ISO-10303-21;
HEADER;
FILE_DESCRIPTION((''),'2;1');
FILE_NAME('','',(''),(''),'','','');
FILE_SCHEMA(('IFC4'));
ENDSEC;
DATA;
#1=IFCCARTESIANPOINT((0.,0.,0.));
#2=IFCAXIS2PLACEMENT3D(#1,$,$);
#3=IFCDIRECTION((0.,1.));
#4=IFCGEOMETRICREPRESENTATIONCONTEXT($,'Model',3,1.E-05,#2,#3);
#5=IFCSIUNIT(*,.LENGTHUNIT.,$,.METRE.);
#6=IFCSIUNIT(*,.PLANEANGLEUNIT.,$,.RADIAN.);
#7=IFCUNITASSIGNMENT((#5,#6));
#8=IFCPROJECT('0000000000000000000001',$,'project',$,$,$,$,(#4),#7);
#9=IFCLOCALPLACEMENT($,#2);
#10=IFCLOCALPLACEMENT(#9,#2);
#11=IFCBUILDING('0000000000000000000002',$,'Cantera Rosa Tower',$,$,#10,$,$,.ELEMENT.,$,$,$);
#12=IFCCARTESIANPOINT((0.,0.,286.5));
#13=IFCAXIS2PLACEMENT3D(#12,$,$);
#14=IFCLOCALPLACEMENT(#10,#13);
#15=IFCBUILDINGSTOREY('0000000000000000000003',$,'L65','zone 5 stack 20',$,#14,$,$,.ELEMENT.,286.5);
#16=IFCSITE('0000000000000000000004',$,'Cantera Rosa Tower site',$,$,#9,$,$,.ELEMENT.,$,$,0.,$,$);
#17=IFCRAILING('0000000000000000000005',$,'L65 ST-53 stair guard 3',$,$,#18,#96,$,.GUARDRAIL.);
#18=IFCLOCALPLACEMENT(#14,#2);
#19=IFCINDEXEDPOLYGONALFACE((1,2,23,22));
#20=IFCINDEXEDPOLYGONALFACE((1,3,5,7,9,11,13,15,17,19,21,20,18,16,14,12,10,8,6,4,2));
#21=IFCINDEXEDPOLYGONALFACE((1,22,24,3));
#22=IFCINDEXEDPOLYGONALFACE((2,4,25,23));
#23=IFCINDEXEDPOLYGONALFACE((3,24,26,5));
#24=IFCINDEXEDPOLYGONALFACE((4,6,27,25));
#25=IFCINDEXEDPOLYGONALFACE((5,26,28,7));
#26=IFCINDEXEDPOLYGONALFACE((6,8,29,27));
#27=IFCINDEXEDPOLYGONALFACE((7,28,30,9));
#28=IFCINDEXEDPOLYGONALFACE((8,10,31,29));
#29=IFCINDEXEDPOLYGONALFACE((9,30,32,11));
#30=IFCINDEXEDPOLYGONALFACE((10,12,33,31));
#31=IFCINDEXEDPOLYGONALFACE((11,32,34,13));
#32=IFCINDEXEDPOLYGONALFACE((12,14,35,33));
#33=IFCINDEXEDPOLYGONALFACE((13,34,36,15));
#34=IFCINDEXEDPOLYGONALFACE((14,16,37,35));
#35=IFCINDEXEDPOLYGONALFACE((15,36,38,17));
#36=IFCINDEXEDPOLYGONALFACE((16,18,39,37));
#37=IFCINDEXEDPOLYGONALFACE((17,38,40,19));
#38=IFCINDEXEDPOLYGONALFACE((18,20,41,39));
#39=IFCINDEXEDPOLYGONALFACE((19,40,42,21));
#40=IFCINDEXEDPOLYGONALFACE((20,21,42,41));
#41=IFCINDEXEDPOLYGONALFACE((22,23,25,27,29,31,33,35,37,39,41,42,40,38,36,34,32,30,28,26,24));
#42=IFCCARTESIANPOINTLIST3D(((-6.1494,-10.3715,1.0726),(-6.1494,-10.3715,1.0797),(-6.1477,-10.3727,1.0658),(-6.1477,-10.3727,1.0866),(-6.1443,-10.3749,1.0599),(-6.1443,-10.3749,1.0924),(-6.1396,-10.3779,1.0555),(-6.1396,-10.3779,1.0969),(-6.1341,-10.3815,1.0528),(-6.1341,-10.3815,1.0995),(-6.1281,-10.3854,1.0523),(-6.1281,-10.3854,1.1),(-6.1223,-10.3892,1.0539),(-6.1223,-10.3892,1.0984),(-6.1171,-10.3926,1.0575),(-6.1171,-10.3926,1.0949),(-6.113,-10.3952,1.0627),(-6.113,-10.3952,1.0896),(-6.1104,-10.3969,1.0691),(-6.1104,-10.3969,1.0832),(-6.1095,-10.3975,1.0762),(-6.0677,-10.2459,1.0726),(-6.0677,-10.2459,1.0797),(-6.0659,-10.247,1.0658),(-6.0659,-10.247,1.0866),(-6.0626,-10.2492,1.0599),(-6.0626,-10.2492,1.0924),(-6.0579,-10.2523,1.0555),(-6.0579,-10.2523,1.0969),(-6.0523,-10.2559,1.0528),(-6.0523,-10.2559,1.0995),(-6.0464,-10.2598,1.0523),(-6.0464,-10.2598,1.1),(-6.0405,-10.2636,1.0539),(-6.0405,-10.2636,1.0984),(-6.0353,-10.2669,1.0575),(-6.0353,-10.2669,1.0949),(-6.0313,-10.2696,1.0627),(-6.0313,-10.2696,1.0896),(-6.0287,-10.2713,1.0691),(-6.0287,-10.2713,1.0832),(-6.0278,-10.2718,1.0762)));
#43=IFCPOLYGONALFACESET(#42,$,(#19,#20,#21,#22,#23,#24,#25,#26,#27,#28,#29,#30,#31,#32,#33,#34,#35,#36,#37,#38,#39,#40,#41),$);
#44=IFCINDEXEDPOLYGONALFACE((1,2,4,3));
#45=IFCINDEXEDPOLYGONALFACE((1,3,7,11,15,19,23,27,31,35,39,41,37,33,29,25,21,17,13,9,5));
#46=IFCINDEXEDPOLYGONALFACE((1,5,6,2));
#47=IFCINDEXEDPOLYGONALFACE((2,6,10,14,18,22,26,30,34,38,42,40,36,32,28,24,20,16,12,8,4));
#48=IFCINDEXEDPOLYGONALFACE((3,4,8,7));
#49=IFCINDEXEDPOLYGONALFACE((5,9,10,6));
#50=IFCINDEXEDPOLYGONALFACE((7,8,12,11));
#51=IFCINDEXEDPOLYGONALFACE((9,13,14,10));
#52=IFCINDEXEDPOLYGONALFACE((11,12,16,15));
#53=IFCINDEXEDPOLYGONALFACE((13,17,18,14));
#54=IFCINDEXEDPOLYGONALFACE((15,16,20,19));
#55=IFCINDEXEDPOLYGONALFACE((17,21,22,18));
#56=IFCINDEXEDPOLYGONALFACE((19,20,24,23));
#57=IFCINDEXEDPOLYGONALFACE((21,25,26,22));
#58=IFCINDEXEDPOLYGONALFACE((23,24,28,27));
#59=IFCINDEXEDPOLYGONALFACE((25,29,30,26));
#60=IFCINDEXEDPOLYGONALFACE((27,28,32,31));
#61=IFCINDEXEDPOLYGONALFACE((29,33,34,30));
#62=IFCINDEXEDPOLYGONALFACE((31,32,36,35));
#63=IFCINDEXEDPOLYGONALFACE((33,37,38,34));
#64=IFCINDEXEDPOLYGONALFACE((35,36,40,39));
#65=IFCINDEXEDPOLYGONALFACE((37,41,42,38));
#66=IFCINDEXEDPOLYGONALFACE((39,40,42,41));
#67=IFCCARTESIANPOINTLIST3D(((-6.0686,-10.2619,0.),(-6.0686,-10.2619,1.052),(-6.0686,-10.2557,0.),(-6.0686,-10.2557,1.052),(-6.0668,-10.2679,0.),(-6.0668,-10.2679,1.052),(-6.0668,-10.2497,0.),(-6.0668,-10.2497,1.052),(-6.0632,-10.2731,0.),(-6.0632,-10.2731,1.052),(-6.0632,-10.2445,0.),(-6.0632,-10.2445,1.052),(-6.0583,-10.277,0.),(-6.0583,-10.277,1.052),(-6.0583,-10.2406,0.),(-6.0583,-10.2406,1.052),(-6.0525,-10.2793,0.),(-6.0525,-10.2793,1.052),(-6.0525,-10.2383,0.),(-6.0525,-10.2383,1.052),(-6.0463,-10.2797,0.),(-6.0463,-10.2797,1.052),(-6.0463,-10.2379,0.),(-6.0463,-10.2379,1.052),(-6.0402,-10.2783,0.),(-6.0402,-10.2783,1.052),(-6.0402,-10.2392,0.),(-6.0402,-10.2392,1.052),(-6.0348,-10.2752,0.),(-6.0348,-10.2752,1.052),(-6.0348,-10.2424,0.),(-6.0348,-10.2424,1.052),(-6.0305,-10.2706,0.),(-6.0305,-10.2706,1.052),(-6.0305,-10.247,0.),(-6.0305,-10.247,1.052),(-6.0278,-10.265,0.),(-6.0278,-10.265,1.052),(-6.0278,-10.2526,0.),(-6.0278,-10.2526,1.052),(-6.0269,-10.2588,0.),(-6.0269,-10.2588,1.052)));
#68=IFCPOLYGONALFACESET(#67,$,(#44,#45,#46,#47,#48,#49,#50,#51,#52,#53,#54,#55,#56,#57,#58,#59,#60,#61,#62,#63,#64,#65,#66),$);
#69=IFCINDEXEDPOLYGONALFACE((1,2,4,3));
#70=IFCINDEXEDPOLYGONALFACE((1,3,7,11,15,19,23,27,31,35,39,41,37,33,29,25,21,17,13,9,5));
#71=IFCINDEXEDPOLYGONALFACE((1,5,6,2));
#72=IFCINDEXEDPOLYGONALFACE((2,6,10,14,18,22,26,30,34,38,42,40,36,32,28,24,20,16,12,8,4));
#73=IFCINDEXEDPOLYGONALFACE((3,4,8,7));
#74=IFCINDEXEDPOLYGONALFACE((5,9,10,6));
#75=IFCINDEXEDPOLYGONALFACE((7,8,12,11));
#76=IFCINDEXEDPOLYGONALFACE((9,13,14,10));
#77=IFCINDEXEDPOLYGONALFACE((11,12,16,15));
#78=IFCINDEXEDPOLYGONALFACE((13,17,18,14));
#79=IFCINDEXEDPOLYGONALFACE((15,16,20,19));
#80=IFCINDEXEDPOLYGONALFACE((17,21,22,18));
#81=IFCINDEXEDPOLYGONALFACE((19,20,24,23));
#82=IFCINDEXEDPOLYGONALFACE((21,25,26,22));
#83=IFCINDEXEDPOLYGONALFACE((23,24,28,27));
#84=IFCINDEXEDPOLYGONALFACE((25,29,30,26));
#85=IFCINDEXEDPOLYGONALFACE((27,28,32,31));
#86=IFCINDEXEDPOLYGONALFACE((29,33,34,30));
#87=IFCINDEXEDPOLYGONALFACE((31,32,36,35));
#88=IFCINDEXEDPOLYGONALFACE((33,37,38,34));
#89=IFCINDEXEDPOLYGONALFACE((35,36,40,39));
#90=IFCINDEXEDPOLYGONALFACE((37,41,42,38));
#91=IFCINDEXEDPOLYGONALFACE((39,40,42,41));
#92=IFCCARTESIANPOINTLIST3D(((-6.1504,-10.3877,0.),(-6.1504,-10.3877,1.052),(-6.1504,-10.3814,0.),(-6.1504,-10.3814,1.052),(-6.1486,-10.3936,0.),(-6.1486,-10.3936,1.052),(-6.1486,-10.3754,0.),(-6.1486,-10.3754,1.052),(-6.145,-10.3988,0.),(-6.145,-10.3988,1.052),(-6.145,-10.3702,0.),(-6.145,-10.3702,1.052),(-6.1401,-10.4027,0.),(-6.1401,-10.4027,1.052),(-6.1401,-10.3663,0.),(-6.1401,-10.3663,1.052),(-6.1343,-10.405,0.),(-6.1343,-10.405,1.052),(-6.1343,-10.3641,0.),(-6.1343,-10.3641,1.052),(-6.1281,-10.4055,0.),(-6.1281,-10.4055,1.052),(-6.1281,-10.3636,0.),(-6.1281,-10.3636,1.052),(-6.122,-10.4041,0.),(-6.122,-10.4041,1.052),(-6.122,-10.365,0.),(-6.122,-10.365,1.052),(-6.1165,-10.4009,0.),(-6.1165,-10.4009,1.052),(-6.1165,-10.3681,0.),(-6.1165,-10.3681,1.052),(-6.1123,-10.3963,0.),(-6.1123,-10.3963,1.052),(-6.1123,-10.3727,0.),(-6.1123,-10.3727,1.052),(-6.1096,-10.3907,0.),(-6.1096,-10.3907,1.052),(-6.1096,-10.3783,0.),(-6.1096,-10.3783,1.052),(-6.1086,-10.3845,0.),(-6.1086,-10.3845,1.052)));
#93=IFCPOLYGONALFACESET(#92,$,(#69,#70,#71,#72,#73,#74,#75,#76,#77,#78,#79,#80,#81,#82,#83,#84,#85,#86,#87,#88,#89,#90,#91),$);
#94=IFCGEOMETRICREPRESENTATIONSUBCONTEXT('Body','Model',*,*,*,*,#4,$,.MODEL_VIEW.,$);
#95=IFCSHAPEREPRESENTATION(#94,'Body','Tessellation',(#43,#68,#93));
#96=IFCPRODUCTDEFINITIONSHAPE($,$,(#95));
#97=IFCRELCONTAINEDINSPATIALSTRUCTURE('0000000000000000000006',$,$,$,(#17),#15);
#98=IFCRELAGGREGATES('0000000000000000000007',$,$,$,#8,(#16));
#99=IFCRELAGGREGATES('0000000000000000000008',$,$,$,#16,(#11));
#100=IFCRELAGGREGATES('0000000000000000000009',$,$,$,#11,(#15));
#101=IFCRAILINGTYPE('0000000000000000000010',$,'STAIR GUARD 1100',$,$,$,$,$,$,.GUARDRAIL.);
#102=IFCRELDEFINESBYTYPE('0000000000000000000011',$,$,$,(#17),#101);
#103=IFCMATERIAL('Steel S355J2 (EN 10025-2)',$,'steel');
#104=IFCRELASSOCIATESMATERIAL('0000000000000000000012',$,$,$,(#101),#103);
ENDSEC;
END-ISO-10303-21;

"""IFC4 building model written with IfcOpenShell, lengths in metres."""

from ifc_helpers import new_model, si_unit, direction, frame, origin, origin_2d, place, context, subcontext, project, spatial, circle, extrude, material, type_object, element, save


model = new_model("IFC4")

# Units and contexts
model_context = context("Model", 3, precision=1e-05, world=origin(), true_north=direction((0.0, 1.0)))
body_context = subcontext(model_context, "Body", "Model", "MODEL_VIEW")
ifc_project = project(units=[si_unit("LENGTHUNIT", "METRE"), si_unit("PLANEANGLEUNIT", "RADIAN")], contexts=[model_context])

# Site, building, storey
site_placement = place(None, origin())
site = spatial("IfcSite", under=ifc_project, at=site_placement, Name="Cantera Rosa Tower site", CompositionType="ELEMENT", RefElevation=0.0)
building_placement = place(site_placement, origin())
building = spatial("IfcBuilding", under=site, at=building_placement, Name="Cantera Rosa Tower", CompositionType="ELEMENT")
storey_placement = place(building_placement, frame((0.0, 0.0, 286.5)))
storey = spatial("IfcBuildingStorey", under=building, at=storey_placement, Name="L65", Description="zone 5 stack 20", CompositionType="ELEMENT", Elevation=286.5)

# Railing
ifc_material_1 = material(Name="Steel S355J2 (EN 10025-2)", Category="steel")
railing_type_1 = type_object("IfcRailingType", Name="STAIR GUARD 1100", PredefinedType="GUARDRAIL", material=ifc_material_1)
railing_1_placement = place(storey_placement, frame((-6.0479, -10.2588, 0.0)))
element("IfcRailing", 1, at=railing_1_placement, inside=storey, type_object=railing_type_1, Name="L65 ST-53 stair guard 3", PredefinedType="GUARDRAIL", context=body_context, shape_type="SweptSolid", body=[
    extrude(circle(Radius=0.0239, at=origin_2d()), frame((0.0, 0.0, 1.0762), z_axis=(-0.545274, -0.838258, 0.0), x_axis=(0.838258, -0.545274, 0.0)), (0.0, 0.0, 1.0), 0.1499),
    extrude(circle(Radius=0.021, at=origin_2d()), origin(), (0.0, 0.0, 1.0), 1.052),
    extrude(circle(Radius=0.021, at=origin_2d()), frame((-0.0818, -0.1257, 0.0)), (0.0, 0.0, 1.0), 1.052),
])

save(model, "model.ifc")
